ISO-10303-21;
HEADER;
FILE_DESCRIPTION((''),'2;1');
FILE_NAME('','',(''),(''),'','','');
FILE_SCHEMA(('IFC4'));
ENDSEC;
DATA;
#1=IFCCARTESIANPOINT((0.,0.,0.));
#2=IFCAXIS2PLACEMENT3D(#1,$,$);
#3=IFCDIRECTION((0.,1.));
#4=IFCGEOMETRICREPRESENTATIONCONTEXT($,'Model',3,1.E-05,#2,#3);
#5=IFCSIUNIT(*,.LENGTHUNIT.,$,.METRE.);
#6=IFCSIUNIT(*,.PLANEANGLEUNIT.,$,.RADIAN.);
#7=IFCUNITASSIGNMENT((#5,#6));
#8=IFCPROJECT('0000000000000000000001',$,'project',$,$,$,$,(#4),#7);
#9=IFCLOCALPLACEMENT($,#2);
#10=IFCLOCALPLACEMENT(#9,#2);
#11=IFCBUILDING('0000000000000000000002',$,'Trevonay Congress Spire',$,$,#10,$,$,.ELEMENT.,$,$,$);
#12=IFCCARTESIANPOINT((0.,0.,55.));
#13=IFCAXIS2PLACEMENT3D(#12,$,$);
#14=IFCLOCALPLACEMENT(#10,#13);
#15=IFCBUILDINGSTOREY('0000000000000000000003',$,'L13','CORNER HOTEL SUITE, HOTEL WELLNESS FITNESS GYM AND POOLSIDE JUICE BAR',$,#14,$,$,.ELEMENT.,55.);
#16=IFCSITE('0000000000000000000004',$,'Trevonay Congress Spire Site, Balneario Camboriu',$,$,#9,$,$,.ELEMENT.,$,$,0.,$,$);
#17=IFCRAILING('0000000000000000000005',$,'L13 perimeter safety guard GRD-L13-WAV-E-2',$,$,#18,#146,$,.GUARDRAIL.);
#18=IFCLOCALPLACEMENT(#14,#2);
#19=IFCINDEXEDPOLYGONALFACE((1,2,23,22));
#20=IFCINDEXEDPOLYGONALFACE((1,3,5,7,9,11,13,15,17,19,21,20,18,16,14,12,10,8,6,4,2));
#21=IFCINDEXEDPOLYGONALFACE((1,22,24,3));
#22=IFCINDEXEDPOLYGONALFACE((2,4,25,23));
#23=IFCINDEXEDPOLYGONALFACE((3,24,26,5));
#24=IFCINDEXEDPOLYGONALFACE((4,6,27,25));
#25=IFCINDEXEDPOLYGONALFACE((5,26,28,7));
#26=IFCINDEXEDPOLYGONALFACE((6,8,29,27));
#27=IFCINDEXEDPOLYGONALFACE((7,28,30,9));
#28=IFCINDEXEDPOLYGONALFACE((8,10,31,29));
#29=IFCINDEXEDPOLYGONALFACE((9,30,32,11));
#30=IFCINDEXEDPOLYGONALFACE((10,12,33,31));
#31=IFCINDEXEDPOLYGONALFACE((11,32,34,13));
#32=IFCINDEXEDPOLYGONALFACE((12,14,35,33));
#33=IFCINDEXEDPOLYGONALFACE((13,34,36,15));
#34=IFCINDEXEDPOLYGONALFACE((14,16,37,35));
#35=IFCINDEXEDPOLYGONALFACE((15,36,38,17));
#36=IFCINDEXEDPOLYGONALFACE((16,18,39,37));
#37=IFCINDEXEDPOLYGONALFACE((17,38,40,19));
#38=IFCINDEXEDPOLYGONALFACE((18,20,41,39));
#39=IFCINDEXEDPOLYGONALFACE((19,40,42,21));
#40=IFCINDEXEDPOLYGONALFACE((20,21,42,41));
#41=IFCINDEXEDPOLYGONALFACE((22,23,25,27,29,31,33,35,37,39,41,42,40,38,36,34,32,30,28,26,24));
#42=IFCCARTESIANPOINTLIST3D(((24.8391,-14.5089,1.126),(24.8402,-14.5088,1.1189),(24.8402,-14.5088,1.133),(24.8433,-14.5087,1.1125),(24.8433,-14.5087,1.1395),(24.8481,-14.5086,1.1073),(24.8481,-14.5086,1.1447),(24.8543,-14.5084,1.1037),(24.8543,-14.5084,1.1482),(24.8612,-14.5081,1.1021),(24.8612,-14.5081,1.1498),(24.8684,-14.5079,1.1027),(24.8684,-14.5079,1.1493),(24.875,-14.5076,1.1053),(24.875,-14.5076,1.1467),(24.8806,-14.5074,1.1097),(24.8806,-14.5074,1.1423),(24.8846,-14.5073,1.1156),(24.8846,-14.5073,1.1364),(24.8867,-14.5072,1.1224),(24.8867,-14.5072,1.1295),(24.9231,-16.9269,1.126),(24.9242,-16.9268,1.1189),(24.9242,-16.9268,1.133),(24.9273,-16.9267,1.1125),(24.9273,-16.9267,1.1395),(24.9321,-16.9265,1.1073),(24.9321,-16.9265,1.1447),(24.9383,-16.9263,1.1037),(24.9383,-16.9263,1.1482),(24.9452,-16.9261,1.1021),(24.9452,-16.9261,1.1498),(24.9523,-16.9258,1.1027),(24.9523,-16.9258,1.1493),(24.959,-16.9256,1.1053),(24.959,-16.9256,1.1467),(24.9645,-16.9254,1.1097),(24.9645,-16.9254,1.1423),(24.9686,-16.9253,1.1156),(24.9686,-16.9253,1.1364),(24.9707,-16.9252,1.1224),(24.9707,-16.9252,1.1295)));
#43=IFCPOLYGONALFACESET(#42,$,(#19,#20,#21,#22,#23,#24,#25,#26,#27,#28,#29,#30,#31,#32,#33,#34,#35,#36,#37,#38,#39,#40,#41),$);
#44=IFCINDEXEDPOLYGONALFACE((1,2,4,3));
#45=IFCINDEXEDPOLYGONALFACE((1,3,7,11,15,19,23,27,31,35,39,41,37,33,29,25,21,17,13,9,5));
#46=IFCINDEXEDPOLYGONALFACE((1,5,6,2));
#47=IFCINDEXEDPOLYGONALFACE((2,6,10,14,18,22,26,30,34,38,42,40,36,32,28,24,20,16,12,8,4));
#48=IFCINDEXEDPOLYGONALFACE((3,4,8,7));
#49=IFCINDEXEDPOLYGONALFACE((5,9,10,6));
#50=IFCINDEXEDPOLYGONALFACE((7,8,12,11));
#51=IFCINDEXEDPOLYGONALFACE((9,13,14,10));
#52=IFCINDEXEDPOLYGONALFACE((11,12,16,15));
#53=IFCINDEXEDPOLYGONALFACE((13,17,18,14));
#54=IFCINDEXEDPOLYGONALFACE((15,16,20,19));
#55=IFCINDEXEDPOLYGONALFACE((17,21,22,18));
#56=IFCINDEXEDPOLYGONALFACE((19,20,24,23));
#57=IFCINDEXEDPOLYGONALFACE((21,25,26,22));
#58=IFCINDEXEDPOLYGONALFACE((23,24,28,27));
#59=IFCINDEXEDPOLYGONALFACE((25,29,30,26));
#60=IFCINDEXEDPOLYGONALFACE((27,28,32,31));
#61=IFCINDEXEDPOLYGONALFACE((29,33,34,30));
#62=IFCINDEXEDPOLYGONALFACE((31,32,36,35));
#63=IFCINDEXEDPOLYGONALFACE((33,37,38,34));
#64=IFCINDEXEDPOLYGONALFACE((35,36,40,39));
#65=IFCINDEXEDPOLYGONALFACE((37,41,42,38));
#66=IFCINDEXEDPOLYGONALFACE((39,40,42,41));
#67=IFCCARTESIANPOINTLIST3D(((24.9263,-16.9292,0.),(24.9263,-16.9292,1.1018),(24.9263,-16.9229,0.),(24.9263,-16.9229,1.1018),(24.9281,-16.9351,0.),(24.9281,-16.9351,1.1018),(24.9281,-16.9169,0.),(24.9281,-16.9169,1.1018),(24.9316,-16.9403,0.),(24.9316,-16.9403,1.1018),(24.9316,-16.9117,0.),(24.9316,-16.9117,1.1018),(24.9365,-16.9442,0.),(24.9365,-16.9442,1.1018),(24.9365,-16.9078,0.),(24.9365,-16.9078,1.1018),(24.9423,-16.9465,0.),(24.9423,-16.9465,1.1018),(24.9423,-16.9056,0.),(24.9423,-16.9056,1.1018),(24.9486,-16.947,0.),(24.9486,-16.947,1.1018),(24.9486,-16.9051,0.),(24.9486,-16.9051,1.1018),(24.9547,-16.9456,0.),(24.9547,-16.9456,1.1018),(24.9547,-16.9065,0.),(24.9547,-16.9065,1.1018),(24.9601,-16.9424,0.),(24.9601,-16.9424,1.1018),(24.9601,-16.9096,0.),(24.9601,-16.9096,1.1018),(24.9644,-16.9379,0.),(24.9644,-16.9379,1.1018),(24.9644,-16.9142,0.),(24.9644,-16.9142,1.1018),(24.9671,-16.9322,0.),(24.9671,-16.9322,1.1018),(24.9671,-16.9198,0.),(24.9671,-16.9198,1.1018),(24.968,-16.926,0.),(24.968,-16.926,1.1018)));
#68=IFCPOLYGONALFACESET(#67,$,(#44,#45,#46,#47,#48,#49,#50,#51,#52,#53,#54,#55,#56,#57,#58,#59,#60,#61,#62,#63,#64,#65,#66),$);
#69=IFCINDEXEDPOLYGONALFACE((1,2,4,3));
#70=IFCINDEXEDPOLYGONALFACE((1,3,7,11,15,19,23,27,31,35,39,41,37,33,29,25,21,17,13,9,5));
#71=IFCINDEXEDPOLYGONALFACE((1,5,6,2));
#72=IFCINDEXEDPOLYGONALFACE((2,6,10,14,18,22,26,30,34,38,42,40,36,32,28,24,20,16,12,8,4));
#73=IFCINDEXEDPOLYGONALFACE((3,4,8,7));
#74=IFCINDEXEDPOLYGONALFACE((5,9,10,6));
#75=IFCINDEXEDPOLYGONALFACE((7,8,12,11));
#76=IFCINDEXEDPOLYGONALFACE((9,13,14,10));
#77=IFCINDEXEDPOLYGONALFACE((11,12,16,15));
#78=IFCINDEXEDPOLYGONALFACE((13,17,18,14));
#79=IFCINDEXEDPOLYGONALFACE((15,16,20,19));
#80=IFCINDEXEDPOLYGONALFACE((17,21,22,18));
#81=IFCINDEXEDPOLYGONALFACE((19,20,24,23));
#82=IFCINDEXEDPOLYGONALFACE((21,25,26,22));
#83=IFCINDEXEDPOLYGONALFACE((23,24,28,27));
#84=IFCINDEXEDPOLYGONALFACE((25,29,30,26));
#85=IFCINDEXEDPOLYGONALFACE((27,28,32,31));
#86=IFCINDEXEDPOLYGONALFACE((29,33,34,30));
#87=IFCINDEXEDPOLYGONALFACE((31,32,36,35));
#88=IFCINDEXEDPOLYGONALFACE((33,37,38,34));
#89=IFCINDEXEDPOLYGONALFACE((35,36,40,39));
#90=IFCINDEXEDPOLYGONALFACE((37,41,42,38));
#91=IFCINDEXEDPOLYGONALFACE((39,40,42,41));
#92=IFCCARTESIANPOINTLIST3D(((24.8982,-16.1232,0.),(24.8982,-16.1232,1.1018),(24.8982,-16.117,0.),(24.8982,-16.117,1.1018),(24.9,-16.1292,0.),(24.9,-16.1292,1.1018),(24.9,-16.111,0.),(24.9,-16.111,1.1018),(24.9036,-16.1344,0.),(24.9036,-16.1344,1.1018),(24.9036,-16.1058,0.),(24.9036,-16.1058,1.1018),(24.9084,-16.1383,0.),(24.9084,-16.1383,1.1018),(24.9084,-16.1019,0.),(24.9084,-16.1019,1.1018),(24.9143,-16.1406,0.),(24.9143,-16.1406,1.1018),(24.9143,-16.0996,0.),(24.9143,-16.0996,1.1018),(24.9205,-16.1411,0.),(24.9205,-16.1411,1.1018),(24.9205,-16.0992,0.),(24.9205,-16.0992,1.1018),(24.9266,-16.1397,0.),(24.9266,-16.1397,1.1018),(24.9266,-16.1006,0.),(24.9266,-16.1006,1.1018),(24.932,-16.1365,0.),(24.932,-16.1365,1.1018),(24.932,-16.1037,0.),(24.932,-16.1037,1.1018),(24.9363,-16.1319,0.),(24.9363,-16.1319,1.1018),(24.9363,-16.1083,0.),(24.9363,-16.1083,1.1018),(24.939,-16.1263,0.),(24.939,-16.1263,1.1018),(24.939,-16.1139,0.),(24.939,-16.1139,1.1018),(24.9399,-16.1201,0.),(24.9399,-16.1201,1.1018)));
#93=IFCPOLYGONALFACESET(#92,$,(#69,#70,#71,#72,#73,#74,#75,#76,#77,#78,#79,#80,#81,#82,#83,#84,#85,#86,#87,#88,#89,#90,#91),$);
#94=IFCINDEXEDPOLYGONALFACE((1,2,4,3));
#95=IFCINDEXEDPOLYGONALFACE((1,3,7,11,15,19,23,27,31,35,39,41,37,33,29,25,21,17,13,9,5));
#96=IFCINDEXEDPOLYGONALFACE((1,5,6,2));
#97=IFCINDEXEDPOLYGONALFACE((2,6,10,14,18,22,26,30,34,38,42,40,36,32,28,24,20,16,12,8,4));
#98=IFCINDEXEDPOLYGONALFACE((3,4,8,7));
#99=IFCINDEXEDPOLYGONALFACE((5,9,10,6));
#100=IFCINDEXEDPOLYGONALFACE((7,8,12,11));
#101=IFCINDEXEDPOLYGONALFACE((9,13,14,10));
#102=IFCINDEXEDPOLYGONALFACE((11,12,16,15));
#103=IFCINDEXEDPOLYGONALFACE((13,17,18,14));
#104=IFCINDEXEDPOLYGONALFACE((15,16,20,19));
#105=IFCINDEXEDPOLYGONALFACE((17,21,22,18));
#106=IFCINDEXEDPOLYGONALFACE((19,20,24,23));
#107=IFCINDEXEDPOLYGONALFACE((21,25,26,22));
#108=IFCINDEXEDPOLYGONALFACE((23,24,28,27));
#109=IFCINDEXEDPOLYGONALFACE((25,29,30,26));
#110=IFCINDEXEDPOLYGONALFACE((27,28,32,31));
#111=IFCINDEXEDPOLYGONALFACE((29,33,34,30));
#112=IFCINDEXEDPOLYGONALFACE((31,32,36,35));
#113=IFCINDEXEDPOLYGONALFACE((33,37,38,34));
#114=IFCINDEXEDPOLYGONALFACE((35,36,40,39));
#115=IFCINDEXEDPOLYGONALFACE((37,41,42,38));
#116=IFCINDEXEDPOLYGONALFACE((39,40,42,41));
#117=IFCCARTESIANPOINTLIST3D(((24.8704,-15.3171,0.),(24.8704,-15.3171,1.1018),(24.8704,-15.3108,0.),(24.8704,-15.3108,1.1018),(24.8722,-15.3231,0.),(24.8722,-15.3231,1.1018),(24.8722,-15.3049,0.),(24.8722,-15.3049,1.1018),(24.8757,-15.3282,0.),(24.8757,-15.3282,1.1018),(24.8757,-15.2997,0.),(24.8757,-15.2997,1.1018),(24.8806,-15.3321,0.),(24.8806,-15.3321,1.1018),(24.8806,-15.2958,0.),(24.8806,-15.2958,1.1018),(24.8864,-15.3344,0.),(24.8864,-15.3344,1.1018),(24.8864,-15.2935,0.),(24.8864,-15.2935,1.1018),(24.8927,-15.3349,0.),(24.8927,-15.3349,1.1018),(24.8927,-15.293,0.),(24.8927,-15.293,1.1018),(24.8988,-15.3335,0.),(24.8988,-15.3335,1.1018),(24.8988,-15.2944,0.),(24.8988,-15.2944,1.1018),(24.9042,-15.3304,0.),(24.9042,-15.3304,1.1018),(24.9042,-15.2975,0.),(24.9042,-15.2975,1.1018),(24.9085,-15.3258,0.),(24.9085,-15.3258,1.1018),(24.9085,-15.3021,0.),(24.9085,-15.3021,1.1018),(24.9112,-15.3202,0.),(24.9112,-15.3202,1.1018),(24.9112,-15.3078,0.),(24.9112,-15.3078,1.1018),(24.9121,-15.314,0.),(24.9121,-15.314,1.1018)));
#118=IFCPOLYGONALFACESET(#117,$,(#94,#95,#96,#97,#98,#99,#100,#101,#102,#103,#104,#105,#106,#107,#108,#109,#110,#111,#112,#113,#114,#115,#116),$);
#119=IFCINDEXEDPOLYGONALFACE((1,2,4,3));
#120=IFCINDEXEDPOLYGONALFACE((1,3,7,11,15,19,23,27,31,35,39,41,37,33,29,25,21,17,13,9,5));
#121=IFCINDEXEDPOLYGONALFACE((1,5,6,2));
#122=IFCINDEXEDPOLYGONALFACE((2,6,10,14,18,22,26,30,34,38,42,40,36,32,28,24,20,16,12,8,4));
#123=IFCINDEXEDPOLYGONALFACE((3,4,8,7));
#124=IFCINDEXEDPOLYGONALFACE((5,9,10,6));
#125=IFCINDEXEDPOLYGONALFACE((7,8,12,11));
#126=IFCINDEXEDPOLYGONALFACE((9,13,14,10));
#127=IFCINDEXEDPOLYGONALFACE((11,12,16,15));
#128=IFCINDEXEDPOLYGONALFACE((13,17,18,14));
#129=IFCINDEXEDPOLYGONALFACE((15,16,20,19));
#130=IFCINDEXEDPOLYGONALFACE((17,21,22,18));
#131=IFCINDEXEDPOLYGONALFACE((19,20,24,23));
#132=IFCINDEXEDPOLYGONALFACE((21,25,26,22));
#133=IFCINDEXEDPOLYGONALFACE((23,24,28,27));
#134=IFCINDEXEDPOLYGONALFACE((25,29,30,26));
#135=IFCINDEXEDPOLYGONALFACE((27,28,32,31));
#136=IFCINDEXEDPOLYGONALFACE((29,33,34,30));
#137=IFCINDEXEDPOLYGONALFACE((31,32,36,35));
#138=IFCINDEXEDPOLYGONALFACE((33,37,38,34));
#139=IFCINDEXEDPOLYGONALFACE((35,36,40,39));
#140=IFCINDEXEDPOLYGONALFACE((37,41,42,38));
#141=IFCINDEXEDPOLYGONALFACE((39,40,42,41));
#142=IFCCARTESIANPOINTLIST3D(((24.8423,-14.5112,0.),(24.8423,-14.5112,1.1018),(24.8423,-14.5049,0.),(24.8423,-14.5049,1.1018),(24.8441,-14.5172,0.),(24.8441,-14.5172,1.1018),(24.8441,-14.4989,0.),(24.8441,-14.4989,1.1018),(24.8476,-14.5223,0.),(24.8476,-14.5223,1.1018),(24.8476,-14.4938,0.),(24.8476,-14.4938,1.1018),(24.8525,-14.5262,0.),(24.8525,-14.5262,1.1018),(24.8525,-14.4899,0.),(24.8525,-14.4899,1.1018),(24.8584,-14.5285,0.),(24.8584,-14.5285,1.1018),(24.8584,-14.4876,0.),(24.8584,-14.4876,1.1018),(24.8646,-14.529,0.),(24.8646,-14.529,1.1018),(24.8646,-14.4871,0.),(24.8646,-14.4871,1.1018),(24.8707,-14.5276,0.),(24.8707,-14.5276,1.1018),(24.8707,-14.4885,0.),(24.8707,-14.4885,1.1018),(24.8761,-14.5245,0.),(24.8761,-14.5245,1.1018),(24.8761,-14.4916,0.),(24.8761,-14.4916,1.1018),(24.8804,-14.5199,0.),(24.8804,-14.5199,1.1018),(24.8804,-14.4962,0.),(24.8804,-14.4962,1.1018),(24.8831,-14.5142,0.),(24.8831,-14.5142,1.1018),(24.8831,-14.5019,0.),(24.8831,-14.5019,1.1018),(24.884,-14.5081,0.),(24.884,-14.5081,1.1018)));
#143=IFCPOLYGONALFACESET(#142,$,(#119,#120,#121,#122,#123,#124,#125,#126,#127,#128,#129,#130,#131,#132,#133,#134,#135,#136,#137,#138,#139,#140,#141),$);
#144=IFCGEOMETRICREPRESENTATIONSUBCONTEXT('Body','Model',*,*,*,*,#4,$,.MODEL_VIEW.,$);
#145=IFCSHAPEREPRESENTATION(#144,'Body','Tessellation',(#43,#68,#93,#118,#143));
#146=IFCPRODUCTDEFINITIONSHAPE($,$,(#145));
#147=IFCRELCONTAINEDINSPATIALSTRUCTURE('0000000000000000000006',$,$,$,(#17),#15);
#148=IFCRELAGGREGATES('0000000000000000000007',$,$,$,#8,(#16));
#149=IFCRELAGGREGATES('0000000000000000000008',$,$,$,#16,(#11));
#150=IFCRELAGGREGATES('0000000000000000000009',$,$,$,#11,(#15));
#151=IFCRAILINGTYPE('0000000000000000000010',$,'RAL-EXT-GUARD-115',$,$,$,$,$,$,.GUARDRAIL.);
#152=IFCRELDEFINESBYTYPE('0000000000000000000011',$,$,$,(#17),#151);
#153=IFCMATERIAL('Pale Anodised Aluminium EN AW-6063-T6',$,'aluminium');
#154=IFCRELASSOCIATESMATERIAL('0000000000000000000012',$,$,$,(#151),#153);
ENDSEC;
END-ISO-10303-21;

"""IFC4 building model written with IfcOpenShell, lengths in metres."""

from ifc_helpers import new_model, si_unit, direction, frame, origin, origin_2d, place, context, subcontext, project, spatial, circle, extrude, material, type_object, element, save


model = new_model("IFC4")

# Units and contexts
model_context = context("Model", 3, precision=1e-05, world=origin(), true_north=direction((0.0, 1.0)))
body_context = subcontext(model_context, "Body", "Model", "MODEL_VIEW")
ifc_project = project(units=[si_unit("LENGTHUNIT", "METRE"), si_unit("PLANEANGLEUNIT", "RADIAN")], contexts=[model_context])

# Site, building, storey
site_placement = place(None, origin())
site = spatial("IfcSite", under=ifc_project, at=site_placement, Name="Trevonay Congress Spire Site, Balneario Camboriu", CompositionType="ELEMENT", RefElevation=0.0)
building_placement = place(site_placement, origin())
building = spatial("IfcBuilding", under=site, at=building_placement, Name="Trevonay Congress Spire", CompositionType="ELEMENT")
storey_placement = place(building_placement, frame((0.0, 0.0, 55.0)))
storey = spatial("IfcBuildingStorey", under=building, at=storey_placement, Name="L13", Description="CORNER HOTEL SUITE, HOTEL WELLNESS FITNESS GYM AND POOLSIDE JUICE BAR", CompositionType="ELEMENT", Elevation=55.0)

# Shared definitions
ifc_material_1 = material(Name="Pale Anodised Aluminium EN AW-6063-T6", Category="aluminium")

# Railing
railing_type = type_object("IfcRailingType", Name="RAL-EXT-GUARD-115", PredefinedType="GUARDRAIL", material=ifc_material_1)
railing_1_placement = place(storey_placement, frame((24.947, -16.926, 0.0)))
element("IfcRailing", 1, at=railing_1_placement, inside=storey, type_object=railing_type, Name="L13 perimeter safety guard GRD-L13-WAV-E-2", PredefinedType="GUARDRAIL", context=body_context, shape_type="SweptSolid", body=[
    extrude(circle(Radius=0.0239, at=origin_2d()), frame((0.0, 0.0, 1.126), z_axis=(-0.034713, 0.999397, 0.0), x_axis=(-0.999397, -0.034713, 0.0)), (0.0, 0.0, 1.0), 2.4194),
    extrude(circle(Radius=0.021, at=origin_2d()), origin(), (0.0, 0.0, 1.0), 1.1018),
    extrude(circle(Radius=0.021, at=origin_2d()), frame((-0.0281, 0.8059, 0.0)), (0.0, 0.0, 1.0), 1.1018),
    extrude(circle(Radius=0.021, at=origin_2d()), frame((-0.0559, 1.6121, 0.0)), (0.0, 0.0, 1.0), 1.1018),
    extrude(circle(Radius=0.021, at=origin_2d()), frame((-0.084, 2.418, 0.0)), (0.0, 0.0, 1.0), 1.1018),
])

save(model, "model.ifc")
